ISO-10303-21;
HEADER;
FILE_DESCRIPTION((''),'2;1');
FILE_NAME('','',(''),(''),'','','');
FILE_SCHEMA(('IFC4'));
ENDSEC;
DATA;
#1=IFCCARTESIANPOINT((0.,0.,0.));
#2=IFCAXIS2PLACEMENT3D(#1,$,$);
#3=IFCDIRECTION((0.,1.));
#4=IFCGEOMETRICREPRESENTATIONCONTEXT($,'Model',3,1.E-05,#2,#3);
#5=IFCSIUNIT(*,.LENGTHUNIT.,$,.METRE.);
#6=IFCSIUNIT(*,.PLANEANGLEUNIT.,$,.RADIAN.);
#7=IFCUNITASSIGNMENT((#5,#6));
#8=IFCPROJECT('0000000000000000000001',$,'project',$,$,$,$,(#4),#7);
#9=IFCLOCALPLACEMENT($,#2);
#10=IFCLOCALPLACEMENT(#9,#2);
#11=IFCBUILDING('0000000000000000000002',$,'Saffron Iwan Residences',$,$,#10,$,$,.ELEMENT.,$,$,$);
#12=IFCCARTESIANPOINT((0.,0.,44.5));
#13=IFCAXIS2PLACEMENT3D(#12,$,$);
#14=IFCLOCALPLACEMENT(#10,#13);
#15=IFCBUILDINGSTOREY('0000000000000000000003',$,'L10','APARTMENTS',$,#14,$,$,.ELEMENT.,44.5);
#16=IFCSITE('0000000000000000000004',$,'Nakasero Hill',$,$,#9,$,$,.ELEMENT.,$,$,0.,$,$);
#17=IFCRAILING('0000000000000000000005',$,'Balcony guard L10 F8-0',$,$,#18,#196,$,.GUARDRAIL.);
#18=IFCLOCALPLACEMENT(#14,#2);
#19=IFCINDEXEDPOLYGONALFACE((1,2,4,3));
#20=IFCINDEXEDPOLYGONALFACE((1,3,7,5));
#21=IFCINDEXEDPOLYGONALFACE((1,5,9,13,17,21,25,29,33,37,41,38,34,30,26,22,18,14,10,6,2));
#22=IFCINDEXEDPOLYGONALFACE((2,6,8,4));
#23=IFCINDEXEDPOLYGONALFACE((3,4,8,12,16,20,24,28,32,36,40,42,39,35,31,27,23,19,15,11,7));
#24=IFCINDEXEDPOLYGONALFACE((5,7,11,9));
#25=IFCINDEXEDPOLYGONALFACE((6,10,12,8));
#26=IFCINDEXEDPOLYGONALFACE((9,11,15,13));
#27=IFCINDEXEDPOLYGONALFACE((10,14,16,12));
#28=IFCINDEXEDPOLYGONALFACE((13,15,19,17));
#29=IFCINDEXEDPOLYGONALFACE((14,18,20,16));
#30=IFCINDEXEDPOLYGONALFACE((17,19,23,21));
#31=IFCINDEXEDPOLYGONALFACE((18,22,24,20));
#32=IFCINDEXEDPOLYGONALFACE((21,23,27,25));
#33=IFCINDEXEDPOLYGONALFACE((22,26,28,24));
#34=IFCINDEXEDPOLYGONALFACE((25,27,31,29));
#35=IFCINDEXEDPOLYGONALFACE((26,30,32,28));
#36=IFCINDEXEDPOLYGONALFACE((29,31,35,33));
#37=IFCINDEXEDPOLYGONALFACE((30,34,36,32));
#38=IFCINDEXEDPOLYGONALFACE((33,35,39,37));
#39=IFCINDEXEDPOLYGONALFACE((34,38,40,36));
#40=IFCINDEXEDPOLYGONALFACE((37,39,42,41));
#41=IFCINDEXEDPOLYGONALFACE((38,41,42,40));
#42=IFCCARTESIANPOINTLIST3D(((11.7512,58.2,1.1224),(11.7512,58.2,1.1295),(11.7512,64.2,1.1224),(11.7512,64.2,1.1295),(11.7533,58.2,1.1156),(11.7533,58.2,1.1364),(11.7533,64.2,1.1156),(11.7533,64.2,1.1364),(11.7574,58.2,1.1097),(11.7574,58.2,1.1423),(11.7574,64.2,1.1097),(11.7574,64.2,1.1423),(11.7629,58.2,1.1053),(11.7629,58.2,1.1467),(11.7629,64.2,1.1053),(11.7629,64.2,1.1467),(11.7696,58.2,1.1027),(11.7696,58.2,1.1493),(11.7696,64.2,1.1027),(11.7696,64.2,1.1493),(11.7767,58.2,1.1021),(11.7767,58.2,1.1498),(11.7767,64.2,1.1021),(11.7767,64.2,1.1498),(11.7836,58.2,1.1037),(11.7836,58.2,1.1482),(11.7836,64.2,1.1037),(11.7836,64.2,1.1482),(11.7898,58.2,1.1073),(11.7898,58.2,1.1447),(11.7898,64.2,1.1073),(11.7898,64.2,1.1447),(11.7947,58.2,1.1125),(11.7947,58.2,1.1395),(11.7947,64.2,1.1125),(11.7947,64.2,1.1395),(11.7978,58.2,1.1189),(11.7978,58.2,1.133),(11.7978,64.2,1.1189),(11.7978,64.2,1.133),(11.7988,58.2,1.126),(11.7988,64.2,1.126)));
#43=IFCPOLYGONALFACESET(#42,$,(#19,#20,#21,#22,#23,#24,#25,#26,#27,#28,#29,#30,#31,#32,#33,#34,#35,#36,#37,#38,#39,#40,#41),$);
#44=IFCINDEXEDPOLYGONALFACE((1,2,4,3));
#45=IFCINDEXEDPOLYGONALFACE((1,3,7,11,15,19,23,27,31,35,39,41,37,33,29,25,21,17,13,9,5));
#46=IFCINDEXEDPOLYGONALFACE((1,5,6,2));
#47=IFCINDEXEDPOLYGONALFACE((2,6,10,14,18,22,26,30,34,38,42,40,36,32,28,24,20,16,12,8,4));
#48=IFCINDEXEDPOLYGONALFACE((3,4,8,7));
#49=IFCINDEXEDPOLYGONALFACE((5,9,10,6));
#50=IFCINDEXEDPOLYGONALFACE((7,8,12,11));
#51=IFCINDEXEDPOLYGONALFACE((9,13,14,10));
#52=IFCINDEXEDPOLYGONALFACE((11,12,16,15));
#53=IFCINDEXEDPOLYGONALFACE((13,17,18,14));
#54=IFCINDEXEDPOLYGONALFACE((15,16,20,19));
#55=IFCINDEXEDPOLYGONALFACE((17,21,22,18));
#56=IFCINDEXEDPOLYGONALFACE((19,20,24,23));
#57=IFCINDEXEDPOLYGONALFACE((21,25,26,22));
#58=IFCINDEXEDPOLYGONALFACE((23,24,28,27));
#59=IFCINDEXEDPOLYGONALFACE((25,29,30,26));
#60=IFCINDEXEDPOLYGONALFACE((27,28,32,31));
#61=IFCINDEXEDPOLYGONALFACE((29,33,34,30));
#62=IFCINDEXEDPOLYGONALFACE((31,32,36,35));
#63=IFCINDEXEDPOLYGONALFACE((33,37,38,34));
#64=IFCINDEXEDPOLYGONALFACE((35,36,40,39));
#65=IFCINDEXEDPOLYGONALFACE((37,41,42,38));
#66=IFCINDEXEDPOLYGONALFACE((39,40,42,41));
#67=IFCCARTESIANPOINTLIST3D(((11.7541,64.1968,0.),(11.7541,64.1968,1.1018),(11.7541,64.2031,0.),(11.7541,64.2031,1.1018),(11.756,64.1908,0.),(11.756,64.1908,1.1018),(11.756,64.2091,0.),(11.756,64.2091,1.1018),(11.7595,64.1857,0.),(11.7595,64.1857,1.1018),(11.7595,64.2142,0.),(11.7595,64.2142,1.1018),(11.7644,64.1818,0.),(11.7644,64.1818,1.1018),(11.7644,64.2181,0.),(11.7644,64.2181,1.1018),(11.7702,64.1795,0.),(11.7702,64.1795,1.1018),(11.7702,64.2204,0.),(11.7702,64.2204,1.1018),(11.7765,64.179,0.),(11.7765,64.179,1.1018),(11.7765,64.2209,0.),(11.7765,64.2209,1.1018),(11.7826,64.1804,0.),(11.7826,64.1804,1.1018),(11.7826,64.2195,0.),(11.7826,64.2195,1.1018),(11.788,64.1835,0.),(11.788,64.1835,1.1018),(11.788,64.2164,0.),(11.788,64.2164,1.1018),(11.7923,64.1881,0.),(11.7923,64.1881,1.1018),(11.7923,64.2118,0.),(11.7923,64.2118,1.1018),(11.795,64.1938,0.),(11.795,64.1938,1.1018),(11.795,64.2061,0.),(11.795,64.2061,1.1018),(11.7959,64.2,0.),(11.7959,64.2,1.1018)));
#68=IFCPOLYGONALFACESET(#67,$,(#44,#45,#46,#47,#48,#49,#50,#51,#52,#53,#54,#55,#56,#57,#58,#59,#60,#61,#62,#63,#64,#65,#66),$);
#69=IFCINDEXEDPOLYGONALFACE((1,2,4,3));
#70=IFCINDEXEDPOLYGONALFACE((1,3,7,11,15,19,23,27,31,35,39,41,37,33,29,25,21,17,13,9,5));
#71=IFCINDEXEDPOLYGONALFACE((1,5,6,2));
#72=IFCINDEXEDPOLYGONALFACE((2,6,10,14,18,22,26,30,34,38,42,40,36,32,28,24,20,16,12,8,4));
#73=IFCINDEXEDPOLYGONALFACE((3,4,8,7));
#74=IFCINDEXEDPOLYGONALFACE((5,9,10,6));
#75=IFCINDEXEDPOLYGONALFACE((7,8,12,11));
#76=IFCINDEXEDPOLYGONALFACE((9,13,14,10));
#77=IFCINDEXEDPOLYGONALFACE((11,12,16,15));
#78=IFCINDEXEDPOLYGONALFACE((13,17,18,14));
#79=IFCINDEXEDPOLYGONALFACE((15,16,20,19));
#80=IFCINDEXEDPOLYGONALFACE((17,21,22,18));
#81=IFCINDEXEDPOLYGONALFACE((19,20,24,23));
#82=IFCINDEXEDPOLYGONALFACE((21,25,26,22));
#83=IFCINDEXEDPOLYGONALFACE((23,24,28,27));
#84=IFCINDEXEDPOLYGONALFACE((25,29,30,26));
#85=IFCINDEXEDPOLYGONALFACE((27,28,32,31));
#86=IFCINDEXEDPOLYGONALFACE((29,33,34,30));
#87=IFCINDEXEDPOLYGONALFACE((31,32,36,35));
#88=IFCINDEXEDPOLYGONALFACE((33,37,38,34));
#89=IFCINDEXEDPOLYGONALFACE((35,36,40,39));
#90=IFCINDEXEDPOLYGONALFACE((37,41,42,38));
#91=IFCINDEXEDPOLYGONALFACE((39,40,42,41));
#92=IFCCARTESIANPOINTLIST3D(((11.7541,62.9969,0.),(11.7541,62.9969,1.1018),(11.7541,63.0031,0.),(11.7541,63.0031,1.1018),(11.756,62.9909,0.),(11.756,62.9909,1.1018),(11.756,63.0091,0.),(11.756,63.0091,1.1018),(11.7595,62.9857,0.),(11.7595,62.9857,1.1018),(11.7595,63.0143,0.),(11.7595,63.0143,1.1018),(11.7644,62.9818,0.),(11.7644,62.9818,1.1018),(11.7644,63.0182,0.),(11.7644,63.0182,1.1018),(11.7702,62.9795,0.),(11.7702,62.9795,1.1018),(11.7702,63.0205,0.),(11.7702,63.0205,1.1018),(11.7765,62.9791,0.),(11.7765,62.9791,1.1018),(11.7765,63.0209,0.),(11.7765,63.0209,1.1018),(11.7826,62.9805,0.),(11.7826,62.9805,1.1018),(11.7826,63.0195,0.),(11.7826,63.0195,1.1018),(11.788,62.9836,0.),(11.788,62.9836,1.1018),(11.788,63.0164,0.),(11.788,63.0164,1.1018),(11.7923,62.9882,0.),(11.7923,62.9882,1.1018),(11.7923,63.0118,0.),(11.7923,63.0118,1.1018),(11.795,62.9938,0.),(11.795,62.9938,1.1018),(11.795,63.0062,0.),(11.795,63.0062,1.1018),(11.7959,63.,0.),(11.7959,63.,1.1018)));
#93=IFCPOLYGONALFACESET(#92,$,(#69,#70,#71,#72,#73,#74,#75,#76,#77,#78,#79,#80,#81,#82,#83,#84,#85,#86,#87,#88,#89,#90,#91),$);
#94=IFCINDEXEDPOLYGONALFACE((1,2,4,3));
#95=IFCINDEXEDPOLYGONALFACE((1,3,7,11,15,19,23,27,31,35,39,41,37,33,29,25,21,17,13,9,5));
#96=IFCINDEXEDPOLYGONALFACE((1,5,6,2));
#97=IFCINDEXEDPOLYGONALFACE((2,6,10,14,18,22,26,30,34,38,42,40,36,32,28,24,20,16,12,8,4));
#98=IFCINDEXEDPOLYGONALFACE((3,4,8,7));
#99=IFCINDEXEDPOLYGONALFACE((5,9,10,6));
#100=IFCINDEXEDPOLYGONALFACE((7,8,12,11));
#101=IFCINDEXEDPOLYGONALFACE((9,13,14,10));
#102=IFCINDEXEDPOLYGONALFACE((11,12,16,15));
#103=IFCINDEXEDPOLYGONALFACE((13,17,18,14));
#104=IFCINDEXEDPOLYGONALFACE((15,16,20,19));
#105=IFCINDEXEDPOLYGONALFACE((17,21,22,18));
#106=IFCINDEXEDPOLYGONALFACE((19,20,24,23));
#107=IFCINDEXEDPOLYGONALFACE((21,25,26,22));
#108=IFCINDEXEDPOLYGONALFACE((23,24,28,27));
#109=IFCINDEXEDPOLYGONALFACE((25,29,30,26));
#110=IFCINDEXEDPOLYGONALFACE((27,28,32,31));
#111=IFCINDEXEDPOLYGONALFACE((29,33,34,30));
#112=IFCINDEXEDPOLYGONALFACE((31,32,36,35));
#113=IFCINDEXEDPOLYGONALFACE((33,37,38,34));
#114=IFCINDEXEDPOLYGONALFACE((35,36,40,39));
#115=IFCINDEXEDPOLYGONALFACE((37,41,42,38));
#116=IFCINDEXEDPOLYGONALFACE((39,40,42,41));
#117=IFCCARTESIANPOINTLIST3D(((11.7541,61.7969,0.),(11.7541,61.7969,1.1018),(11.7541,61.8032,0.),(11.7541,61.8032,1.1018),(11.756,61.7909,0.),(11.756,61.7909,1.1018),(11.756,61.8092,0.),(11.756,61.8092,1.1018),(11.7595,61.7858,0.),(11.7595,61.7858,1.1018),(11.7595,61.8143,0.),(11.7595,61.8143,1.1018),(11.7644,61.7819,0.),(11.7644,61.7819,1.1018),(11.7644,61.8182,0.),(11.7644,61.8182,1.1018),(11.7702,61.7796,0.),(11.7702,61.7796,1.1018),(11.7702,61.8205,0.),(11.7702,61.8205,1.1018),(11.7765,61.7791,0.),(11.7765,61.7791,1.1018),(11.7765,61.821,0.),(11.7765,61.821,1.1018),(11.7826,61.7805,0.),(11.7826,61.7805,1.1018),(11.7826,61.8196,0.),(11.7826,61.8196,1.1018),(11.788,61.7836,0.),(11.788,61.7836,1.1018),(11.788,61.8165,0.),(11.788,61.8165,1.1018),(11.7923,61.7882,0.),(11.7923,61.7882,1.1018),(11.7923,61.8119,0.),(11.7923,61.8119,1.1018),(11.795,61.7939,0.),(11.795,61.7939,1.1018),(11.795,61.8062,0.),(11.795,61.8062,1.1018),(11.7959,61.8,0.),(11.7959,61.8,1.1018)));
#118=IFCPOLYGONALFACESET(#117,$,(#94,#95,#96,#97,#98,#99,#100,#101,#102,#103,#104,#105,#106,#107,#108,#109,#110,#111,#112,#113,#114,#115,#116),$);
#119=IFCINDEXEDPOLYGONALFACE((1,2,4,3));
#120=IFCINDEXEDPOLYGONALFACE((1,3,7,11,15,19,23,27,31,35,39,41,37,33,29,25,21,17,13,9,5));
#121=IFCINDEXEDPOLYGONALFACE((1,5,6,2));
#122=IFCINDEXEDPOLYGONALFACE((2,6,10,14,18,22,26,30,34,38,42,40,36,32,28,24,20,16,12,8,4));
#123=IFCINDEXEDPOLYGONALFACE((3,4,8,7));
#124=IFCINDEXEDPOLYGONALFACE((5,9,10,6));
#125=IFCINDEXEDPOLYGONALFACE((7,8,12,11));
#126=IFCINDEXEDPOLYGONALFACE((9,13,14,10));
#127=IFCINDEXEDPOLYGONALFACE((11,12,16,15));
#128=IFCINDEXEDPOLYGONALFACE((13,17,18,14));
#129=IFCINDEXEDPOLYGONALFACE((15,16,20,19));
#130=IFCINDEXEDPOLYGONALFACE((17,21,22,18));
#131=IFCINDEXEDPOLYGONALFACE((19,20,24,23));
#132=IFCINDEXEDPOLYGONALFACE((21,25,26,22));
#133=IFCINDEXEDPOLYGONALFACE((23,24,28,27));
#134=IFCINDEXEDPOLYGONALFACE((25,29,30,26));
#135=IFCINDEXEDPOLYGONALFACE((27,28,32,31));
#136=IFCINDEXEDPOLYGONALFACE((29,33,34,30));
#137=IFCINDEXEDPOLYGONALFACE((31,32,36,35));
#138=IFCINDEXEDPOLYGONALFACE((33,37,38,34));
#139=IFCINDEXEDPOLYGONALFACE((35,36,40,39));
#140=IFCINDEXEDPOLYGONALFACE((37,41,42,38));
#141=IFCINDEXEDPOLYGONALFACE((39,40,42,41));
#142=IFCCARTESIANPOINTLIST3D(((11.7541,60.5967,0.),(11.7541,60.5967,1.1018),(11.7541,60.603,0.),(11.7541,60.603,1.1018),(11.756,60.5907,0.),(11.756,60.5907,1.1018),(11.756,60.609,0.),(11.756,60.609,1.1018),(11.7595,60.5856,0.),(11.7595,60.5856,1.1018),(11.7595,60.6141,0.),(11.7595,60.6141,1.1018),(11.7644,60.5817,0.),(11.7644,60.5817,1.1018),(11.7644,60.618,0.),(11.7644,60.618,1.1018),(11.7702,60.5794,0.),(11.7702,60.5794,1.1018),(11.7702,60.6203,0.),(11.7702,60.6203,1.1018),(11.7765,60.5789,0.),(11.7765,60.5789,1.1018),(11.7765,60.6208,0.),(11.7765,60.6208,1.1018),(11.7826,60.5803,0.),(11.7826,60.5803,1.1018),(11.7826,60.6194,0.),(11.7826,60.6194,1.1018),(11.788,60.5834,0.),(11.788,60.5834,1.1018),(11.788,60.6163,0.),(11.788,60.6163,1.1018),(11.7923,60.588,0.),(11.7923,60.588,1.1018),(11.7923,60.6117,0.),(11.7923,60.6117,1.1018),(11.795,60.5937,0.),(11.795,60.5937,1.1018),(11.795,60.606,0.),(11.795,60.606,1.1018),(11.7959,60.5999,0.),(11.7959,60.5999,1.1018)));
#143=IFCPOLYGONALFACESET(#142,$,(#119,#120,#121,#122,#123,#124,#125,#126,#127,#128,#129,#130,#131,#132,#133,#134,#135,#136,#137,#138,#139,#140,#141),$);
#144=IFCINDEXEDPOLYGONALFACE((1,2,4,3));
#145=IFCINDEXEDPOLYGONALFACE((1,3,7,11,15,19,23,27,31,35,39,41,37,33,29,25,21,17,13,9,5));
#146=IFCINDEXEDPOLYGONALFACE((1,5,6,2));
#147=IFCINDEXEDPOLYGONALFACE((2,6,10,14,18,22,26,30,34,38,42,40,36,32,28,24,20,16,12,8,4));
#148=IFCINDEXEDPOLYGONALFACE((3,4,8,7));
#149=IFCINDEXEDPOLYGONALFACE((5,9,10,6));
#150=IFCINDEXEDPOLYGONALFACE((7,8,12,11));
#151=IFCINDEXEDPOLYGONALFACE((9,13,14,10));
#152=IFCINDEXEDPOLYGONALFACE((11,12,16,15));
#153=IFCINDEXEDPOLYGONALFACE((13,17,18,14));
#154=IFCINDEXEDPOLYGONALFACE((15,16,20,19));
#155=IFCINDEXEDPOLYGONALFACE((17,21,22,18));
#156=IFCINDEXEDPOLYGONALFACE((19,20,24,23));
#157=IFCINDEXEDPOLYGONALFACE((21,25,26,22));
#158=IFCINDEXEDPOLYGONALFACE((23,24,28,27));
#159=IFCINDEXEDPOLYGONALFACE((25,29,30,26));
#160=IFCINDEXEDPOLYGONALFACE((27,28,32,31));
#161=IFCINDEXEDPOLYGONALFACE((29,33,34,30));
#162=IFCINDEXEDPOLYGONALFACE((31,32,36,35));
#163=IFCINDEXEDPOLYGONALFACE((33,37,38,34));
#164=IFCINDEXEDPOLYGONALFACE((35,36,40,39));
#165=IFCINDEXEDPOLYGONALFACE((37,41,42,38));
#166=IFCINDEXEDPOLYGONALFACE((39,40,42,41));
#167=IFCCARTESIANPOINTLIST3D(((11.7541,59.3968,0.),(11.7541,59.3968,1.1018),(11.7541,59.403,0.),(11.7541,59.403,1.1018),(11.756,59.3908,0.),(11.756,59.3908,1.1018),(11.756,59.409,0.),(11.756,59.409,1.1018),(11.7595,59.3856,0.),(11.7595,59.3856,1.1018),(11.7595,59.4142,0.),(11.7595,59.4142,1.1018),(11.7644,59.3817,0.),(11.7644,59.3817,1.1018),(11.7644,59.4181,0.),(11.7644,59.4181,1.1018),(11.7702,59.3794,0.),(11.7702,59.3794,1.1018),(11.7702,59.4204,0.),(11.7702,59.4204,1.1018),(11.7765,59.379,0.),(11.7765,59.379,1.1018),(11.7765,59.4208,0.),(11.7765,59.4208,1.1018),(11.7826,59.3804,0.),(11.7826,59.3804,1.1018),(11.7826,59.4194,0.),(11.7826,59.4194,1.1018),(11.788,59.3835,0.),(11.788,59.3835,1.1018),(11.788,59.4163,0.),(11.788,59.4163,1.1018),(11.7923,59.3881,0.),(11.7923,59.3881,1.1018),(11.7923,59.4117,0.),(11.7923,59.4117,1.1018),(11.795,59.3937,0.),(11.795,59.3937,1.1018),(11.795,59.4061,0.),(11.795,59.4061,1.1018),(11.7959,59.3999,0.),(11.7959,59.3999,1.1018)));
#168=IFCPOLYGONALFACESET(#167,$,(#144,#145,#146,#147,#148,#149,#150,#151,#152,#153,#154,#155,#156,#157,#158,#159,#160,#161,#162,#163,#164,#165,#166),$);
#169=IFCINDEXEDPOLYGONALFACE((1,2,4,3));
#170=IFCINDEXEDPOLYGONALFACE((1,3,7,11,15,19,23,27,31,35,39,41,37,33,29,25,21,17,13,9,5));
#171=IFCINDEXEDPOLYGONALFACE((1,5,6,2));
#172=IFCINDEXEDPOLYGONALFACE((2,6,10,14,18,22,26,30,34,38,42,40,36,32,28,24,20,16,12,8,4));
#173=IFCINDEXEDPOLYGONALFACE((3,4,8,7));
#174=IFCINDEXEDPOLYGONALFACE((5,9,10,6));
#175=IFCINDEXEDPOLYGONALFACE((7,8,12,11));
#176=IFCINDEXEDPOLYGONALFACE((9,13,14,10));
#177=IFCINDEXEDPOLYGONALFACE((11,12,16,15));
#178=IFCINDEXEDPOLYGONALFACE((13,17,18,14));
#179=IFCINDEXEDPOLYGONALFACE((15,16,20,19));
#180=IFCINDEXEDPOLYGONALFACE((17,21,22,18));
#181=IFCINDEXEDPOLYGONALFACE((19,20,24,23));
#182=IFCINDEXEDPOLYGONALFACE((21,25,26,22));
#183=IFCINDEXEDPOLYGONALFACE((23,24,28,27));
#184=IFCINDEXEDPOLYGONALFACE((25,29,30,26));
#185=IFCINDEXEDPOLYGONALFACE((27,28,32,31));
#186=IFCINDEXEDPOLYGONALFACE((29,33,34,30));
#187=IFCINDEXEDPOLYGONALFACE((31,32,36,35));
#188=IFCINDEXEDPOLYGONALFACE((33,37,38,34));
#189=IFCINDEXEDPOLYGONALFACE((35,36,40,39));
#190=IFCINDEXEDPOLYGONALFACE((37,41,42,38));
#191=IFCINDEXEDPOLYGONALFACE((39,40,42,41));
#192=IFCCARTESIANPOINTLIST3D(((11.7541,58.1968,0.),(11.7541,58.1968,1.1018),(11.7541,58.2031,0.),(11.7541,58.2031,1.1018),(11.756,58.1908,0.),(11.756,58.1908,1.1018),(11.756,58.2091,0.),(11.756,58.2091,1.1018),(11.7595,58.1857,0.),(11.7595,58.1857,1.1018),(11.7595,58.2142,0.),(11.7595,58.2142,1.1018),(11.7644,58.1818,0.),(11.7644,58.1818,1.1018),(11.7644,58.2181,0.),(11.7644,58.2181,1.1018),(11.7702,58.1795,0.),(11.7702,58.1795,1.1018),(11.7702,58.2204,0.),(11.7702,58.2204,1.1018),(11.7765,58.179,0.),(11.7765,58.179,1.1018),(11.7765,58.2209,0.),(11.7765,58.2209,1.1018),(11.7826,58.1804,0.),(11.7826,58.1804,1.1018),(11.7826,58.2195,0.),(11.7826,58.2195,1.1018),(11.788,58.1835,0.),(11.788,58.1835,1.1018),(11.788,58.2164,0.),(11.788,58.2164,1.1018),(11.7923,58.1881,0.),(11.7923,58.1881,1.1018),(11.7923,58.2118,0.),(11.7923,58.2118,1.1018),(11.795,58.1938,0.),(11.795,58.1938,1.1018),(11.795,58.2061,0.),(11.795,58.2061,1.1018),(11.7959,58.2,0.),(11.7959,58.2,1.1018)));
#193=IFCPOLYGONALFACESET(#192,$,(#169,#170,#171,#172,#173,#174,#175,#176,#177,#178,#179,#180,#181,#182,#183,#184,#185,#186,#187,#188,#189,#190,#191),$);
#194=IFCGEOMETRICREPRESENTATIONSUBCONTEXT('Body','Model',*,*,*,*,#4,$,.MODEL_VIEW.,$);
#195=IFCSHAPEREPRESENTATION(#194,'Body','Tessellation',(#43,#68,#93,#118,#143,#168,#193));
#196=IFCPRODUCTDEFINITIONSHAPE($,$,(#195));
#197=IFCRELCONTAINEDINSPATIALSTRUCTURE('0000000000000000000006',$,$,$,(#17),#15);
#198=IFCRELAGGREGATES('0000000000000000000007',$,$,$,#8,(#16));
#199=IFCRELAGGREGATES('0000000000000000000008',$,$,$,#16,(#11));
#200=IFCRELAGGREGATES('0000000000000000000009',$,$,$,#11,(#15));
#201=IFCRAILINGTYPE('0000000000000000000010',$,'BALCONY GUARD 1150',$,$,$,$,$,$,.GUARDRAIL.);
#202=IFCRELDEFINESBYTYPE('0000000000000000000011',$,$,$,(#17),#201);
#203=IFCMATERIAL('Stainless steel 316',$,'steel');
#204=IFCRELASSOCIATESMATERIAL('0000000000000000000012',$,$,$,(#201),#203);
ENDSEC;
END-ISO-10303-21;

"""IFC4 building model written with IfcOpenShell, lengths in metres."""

from ifc_helpers import new_model, si_unit, direction, frame, origin, origin_2d, place, context, subcontext, project, spatial, circle, extrude, material, type_object, element, save


model = new_model("IFC4")

# Units and contexts
model_context = context("Model", 3, precision=1e-05, world=origin(), true_north=direction((0.0, 1.0)))
body_context = subcontext(model_context, "Body", "Model", "MODEL_VIEW")
ifc_project = project(units=[si_unit("LENGTHUNIT", "METRE"), si_unit("PLANEANGLEUNIT", "RADIAN")], contexts=[model_context])

# Site, building, storey
site_placement = place(None, origin())
site = spatial("IfcSite", under=ifc_project, at=site_placement, Name="Nakasero Hill", CompositionType="ELEMENT", RefElevation=0.0)
building_placement = place(site_placement, origin())
building = spatial("IfcBuilding", under=site, at=building_placement, Name="Saffron Iwan Residences", CompositionType="ELEMENT")
storey_placement = place(building_placement, frame((0.0, 0.0, 44.5)))
storey = spatial("IfcBuildingStorey", under=building, at=storey_placement, Name="L10", Description="APARTMENTS", CompositionType="ELEMENT", Elevation=44.5)

# Railing
ifc_material_1 = material(Name="Stainless steel 316", Category="steel")
railing_type = type_object("IfcRailingType", Name="BALCONY GUARD 1150", PredefinedType="GUARDRAIL", material=ifc_material_1)
for number, where, name in (
    (1, (11.7749, 64.2, 0.0), "Balcony guard L10 F8-0"),
):
    element("IfcRailing", number, at=place(storey_placement, frame(where)), inside=storey, type_object=railing_type, Name=name, PredefinedType="GUARDRAIL", context=body_context, shape_type="SweptSolid", body=[
        extrude(circle(Radius=0.0239, at=origin_2d()), frame((0.0, 0.0, 1.126), z_axis=(0.0, -1.0, 0.0), x_axis=(1.0, 0.0, 0.0)), (0.0, 0.0, 1.0), 6.0),
        extrude(circle(Radius=0.021, at=origin_2d()), origin(), (0.0, 0.0, 1.0), 1.1018),
        extrude(circle(Radius=0.021, at=origin_2d()), frame((0.0, -1.2, 0.0)), (0.0, 0.0, 1.0), 1.1018),
        extrude(circle(Radius=0.021, at=origin_2d()), frame((0.0, -2.3999, 0.0)), (0.0, 0.0, 1.0), 1.1018),
        extrude(circle(Radius=0.021, at=origin_2d()), frame((0.0, -3.6001, 0.0)), (0.0, 0.0, 1.0), 1.1018),
        extrude(circle(Radius=0.021, at=origin_2d()), frame((0.0, -4.8, 0.0)), (0.0, 0.0, 1.0), 1.1018),
        extrude(circle(Radius=0.021, at=origin_2d()), frame((0.0, -6.0, 0.0)), (0.0, 0.0, 1.0), 1.1018),
    ])

save(model, "model.ifc")
